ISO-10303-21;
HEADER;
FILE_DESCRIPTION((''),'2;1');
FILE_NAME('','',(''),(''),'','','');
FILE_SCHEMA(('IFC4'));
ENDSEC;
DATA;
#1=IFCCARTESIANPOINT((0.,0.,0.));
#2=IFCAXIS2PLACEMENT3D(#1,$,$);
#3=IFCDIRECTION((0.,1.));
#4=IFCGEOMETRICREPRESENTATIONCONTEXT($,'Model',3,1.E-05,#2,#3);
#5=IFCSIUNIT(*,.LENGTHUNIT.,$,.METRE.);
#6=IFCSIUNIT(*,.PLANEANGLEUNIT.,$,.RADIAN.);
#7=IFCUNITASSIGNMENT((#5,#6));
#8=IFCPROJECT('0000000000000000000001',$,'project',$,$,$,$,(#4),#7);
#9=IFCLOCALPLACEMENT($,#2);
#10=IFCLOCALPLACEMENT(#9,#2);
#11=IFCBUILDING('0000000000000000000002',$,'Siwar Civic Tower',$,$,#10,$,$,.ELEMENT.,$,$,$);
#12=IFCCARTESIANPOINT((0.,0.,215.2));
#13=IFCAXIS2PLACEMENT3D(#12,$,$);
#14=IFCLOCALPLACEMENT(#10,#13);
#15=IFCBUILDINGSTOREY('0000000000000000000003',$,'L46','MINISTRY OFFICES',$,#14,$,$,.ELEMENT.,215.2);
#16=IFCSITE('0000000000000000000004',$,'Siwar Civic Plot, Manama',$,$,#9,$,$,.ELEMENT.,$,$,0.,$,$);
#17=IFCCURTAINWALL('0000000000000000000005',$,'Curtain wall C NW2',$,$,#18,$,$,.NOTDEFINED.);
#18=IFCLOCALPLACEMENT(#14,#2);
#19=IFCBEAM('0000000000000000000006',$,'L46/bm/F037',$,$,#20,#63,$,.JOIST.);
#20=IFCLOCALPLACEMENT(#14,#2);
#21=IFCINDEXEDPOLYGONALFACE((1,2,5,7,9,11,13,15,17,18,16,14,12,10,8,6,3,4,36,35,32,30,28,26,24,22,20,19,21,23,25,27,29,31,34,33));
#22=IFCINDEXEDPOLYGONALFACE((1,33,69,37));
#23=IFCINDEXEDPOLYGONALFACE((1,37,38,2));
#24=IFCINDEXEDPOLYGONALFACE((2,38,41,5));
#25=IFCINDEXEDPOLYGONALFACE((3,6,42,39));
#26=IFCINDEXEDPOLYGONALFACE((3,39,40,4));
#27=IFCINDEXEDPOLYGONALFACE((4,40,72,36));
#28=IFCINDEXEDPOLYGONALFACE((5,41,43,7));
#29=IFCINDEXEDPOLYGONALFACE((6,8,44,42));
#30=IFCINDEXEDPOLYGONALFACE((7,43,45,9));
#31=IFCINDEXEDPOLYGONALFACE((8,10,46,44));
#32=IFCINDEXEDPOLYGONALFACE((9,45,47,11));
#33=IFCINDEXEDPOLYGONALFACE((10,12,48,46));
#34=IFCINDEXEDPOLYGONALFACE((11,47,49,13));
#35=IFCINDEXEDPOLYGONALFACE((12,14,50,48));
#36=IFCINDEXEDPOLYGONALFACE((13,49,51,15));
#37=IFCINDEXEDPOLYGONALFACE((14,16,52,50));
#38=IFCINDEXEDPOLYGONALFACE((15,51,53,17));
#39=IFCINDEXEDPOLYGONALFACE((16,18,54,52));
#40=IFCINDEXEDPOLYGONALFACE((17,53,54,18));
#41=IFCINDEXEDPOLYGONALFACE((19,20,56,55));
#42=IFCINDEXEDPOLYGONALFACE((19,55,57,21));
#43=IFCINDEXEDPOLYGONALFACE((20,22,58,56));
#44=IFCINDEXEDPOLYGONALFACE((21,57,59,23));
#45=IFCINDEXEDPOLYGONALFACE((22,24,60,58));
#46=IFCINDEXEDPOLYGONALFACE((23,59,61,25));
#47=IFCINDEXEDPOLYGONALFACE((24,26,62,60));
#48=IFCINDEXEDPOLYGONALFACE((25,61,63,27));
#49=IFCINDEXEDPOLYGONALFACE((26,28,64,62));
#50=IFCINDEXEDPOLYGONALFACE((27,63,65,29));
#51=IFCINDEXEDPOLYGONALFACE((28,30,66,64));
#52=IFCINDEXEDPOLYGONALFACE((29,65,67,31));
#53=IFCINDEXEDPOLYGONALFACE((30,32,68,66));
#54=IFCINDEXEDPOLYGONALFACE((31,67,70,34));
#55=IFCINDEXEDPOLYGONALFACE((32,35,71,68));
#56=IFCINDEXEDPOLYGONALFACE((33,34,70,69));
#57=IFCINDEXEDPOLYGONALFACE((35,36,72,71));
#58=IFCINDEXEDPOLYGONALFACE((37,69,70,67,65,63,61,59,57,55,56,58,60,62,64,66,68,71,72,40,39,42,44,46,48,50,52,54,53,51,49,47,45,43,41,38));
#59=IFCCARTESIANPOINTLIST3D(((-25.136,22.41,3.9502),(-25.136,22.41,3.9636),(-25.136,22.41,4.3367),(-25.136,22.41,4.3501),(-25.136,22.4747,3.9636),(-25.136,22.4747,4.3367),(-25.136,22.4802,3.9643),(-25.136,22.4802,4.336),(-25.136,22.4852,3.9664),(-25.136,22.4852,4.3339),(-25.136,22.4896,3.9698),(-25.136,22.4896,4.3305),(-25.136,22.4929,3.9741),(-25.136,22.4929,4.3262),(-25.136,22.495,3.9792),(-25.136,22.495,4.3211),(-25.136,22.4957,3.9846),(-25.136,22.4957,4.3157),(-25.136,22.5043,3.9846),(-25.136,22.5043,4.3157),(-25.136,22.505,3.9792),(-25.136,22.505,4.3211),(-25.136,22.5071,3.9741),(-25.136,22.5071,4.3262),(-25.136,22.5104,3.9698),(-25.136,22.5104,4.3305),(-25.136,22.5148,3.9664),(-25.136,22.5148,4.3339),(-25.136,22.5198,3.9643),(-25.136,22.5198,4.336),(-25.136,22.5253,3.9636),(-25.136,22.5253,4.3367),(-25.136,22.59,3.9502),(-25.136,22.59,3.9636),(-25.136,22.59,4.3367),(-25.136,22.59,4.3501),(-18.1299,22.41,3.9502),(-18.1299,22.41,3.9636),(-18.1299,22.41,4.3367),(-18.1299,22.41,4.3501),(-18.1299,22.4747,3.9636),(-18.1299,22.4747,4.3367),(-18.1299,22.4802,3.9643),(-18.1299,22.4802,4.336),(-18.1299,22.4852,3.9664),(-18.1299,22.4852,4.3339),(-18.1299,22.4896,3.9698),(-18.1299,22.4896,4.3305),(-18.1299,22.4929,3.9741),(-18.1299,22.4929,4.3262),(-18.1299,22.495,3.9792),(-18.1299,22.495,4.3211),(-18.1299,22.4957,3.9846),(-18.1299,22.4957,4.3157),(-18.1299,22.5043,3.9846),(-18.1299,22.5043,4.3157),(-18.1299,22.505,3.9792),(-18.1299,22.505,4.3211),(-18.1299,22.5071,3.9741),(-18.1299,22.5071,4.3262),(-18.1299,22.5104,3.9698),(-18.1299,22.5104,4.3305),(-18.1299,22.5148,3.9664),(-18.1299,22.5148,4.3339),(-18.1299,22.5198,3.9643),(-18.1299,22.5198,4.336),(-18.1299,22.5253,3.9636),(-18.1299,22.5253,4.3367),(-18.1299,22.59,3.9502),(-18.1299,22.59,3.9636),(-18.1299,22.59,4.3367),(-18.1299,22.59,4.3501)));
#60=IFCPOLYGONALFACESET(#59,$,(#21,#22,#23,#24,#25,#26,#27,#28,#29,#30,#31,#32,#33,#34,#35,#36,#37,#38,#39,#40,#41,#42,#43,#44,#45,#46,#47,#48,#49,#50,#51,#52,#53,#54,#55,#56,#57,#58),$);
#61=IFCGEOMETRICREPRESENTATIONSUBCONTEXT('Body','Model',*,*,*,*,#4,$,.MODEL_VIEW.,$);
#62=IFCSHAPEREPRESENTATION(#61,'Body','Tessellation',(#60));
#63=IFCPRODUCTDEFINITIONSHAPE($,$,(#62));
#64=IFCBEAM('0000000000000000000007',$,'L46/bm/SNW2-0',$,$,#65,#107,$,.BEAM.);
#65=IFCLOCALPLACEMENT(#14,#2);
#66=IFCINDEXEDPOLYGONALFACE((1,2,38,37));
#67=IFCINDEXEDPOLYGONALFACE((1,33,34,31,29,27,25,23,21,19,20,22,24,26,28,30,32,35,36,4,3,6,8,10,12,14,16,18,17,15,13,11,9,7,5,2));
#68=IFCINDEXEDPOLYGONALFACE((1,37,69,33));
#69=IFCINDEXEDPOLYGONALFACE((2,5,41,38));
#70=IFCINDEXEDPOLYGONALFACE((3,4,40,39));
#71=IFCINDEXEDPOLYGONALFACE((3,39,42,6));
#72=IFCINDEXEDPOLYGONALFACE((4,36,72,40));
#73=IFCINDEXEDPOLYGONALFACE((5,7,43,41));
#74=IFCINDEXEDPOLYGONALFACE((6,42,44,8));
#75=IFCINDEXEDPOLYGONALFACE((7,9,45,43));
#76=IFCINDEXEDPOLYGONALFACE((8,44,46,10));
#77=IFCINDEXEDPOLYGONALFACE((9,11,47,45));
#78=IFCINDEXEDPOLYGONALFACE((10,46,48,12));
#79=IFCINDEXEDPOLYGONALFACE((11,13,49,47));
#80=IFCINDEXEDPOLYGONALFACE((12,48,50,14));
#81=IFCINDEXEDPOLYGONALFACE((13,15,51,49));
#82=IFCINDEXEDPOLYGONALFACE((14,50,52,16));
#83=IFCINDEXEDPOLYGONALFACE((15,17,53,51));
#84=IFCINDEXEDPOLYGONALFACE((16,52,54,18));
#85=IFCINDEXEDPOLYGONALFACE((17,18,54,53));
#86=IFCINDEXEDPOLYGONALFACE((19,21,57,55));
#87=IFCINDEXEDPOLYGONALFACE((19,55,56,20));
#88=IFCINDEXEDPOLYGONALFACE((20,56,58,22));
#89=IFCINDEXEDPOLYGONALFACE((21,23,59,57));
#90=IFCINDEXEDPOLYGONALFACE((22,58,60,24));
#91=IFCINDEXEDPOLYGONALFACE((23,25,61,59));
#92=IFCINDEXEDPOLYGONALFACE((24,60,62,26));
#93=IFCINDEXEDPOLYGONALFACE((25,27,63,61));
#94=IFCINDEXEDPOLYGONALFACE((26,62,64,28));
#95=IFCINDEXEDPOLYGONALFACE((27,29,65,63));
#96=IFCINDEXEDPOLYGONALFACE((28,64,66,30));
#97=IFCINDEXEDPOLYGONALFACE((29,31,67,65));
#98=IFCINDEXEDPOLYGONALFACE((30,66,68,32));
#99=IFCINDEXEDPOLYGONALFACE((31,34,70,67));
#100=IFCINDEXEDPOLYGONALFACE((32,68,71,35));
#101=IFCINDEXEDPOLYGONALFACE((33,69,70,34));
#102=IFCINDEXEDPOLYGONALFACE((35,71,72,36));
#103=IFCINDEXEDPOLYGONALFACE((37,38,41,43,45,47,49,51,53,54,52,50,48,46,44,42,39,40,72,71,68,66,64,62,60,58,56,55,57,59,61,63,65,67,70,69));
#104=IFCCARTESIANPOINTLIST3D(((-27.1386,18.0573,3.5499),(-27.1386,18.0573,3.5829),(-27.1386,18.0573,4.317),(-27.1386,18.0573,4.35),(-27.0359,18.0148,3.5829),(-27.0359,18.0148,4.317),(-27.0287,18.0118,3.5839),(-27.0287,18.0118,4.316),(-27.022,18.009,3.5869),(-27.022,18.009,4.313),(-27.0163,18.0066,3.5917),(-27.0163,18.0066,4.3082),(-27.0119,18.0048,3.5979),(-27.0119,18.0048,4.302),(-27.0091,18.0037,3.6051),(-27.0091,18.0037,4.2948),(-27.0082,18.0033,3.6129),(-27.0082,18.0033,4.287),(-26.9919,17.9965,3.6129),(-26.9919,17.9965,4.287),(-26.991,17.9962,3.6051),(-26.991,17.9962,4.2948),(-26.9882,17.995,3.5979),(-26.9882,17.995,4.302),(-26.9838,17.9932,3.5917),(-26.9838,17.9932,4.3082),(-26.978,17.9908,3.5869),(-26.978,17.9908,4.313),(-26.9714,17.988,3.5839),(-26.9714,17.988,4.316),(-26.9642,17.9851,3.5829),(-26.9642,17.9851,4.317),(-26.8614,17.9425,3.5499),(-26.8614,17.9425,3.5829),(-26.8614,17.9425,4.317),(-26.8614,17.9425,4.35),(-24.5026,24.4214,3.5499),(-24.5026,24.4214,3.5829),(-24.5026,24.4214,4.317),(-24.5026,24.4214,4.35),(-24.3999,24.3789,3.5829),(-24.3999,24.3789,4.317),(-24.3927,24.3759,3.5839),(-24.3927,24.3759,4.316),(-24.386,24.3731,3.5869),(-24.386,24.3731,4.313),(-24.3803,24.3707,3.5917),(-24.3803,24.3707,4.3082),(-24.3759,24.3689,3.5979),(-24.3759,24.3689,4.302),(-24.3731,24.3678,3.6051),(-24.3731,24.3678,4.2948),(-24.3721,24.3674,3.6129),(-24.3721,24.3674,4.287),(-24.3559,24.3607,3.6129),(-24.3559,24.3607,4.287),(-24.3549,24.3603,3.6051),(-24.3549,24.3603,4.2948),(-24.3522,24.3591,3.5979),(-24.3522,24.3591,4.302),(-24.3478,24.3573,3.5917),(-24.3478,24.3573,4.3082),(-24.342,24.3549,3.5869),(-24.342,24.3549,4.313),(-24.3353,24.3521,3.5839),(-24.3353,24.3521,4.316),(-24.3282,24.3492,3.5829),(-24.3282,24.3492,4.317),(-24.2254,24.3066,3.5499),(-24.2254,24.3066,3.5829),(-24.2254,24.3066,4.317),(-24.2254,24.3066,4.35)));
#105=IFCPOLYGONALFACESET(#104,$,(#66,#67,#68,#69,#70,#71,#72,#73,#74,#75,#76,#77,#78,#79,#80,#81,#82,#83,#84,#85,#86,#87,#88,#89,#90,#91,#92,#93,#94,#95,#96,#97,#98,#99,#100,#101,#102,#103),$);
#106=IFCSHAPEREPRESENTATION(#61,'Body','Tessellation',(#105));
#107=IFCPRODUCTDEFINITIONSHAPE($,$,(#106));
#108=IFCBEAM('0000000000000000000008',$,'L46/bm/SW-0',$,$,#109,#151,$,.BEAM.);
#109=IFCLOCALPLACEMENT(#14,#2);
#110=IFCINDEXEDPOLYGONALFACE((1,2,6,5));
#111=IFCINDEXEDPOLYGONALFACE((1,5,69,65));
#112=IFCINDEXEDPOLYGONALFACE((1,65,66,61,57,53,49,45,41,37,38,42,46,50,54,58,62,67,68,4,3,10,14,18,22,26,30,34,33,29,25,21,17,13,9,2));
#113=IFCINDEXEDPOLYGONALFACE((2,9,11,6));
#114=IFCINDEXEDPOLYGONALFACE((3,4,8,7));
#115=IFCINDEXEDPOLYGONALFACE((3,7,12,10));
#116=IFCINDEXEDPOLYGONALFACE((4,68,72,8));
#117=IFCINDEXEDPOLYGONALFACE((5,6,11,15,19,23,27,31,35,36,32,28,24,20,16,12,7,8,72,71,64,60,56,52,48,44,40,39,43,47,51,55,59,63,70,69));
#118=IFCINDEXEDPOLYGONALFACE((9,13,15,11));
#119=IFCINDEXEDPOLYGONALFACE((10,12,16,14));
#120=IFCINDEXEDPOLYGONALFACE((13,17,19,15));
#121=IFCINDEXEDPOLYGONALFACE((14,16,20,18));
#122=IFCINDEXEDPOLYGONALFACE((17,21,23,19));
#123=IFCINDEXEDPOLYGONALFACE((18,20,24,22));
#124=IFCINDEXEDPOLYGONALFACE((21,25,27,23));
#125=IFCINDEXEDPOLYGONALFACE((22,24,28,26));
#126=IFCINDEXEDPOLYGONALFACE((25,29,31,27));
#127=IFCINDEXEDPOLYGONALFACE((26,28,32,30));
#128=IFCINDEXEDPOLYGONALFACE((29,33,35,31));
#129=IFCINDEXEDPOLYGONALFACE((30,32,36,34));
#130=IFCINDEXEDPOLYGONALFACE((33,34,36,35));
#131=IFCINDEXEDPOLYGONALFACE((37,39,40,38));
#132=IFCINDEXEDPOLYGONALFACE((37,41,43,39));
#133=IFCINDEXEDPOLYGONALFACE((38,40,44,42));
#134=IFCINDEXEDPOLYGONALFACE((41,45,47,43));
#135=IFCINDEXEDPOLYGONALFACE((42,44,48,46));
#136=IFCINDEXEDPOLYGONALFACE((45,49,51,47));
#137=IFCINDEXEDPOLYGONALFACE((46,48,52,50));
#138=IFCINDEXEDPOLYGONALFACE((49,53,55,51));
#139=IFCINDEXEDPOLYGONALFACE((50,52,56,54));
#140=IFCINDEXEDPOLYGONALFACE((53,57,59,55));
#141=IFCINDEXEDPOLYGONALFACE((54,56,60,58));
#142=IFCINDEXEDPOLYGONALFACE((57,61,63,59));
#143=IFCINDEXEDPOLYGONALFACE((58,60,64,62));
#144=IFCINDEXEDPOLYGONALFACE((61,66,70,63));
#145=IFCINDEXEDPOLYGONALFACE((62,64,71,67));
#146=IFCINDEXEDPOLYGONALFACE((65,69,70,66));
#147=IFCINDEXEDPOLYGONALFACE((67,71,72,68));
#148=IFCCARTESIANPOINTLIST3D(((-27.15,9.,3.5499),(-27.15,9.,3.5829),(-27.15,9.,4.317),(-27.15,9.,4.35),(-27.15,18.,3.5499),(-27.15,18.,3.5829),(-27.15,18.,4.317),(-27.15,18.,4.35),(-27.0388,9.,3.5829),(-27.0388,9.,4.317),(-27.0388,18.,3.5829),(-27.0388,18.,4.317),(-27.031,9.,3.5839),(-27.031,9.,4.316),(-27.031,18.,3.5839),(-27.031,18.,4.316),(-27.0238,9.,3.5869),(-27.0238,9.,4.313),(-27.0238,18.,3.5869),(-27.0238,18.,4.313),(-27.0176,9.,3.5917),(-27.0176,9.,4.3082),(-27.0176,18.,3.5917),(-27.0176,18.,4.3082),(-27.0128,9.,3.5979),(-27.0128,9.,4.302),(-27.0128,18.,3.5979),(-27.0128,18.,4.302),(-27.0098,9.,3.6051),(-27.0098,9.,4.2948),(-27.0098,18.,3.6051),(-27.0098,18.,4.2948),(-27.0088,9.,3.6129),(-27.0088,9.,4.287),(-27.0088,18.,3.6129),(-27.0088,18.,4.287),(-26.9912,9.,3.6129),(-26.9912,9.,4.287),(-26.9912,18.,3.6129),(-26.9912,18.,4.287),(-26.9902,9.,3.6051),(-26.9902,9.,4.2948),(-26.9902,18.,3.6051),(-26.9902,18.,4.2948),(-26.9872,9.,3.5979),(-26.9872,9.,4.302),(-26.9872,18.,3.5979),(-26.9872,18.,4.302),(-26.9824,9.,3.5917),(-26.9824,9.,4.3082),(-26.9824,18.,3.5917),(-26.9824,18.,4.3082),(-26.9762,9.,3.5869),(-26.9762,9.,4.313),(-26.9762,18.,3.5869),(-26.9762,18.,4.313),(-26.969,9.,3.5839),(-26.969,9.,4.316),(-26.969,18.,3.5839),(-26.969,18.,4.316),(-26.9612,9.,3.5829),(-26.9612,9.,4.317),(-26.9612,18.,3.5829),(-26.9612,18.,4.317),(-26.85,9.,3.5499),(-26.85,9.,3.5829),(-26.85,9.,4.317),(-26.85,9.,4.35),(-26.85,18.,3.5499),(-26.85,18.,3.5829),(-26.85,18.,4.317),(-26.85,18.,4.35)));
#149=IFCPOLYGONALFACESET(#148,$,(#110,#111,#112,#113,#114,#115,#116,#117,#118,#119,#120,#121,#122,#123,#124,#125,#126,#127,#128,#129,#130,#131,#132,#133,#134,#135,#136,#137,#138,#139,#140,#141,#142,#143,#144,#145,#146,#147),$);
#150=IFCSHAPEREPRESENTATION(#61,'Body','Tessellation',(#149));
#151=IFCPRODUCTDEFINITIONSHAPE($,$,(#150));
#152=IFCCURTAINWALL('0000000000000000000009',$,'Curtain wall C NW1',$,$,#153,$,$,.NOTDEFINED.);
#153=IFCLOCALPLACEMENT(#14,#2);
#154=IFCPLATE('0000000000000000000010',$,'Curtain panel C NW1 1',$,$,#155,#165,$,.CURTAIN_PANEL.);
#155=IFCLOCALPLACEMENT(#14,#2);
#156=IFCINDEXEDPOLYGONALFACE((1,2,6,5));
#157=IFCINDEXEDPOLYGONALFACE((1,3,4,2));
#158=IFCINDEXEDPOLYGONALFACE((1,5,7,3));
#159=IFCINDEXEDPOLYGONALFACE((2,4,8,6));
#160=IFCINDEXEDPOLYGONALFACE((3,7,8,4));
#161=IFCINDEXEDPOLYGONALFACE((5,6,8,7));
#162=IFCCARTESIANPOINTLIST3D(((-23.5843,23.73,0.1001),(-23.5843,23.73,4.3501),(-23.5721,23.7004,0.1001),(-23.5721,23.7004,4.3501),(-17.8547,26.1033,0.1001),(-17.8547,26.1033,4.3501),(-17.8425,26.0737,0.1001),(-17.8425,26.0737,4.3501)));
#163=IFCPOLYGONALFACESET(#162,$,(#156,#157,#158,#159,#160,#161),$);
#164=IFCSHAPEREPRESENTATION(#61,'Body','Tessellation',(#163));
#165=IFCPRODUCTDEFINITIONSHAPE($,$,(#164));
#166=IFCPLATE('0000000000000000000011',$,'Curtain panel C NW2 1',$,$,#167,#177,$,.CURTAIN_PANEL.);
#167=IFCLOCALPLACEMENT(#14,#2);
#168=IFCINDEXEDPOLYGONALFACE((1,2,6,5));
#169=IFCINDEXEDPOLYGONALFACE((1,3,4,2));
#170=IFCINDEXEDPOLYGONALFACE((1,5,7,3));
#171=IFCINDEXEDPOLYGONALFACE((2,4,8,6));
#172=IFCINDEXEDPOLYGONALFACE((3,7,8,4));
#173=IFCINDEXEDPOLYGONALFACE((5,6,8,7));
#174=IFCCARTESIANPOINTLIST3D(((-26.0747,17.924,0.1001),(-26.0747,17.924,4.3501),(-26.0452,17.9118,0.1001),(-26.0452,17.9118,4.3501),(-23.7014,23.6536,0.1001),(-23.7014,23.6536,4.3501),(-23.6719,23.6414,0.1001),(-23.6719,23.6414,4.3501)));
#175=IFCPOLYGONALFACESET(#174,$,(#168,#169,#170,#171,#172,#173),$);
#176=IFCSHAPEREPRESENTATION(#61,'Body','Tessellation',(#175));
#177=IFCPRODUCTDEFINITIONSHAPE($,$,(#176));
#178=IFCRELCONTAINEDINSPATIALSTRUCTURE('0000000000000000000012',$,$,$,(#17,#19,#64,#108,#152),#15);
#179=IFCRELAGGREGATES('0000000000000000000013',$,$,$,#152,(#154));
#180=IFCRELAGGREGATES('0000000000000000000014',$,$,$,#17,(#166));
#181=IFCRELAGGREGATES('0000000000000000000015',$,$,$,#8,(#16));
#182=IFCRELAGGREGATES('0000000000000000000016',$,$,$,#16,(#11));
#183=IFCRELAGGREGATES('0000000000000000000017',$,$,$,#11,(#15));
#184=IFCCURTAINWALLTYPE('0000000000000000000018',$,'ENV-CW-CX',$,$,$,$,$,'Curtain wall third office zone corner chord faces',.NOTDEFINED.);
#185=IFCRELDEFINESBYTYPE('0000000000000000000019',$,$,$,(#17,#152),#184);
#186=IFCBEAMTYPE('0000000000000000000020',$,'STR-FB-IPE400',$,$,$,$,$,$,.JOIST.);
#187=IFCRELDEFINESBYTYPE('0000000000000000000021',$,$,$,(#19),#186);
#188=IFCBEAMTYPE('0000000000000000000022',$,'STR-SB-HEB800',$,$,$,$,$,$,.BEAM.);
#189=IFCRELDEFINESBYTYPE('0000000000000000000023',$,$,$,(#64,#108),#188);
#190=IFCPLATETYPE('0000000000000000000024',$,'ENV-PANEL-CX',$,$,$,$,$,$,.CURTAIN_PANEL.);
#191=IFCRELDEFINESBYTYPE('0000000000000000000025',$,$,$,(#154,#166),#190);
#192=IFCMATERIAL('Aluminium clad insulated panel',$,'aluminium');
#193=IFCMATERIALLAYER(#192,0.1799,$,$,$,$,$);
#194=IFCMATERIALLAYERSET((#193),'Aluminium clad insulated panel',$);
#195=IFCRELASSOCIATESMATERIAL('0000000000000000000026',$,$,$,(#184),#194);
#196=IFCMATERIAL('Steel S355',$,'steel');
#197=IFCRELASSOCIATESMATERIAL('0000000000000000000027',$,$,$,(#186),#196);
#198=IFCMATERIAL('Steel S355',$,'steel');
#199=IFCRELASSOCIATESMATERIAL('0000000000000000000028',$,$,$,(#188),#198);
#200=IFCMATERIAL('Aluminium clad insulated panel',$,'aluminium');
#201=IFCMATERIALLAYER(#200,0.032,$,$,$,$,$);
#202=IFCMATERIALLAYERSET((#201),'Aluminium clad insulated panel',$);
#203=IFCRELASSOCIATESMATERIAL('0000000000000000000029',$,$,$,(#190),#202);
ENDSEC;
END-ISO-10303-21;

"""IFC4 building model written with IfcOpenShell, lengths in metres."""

from ifc_helpers import new_model, si_unit, direction, frame, origin, origin_2d, place, context, subcontext, project, spatial, rectangle, i_section, extrude, material, layer, layer_set, material_profile, profile_set, type_object, element, aggregate, save


model = new_model("IFC4")

# Units and contexts
model_context = context("Model", 3, precision=1e-05, world=origin(), true_north=direction((0.0, 1.0)))
body_context = subcontext(model_context, "Body", "Model", "MODEL_VIEW")
ifc_project = project(units=[si_unit("LENGTHUNIT", "METRE"), si_unit("PLANEANGLEUNIT", "RADIAN")], contexts=[model_context])

# Site, building, storey
site_placement = place(None, origin())
site = spatial("IfcSite", under=ifc_project, at=site_placement, Name="Siwar Civic Plot, Manama", CompositionType="ELEMENT", RefElevation=0.0)
building_placement = place(site_placement, origin())
building = spatial("IfcBuilding", under=site, at=building_placement, Name="Siwar Civic Tower", CompositionType="ELEMENT")
storey_placement = place(building_placement, frame((0.0, 0.0, 215.2)))
storey = spatial("IfcBuildingStorey", under=building, at=storey_placement, Name="L46", Description="MINISTRY OFFICES", CompositionType="ELEMENT", Elevation=215.2)

# Curtain wall
ifc_material_1 = material(Name="Aluminium clad insulated panel", Category="aluminium")
ifc_layer_1 = layer(ifc_material_1, 0.1799)
ifc_layer_set_1 = layer_set([ifc_layer_1], Name="Aluminium clad insulated panel")
curtain_wall_type_1 = type_object("IfcCurtainWallType", Name="ENV-CW-CX", ElementType="Curtain wall third office zone corner chord faces", PredefinedType="NOTDEFINED", material=ifc_layer_set_1)
curtain_wall_1_placement = place(storey_placement, origin())
curtain_wall_1 = element("IfcCurtainWall", 1, at=curtain_wall_1_placement, inside=storey, type_object=curtain_wall_type_1, Name="Curtain wall C NW2", PredefinedType="NOTDEFINED")

# Beams
ifc_material_2 = material(Name="Steel S355", Category="steel")
ifc_material_profile_1 = material_profile(ifc_material_2, i_section(OverallWidth=0.1799, OverallDepth=0.3999, WebThickness=0.0085, FlangeThickness=0.0134, FilletRadius=0.021, at=origin_2d()), Name="IPE400")
ifc_profile_set_1 = profile_set([ifc_material_profile_1], Name="Steel S355")
beam_type_1 = type_object("IfcBeamType", Name="STR-FB-IPE400", PredefinedType="JOIST", material=ifc_profile_set_1)
beam_1_placement = place(storey_placement, frame((-25.136, 22.5, 4.1501), z_axis=(1.0, 0.0, 0.0), x_axis=(0.0, 1.0, 0.0)))
element("IfcBeam", 2, at=beam_1_placement, inside=storey, type_object=beam_type_1, Name="L46/bm/F037", PredefinedType="JOIST", context=body_context, shape_type="SweptSolid", body=[
    extrude(i_section(OverallWidth=0.1799, OverallDepth=0.3999, WebThickness=0.0085, FlangeThickness=0.0134, FilletRadius=0.021, at=origin_2d()), origin(), (0.0, 0.0, 1.0), 7.0061),
])
ifc_material_3 = material(Name="Steel S355", Category="steel")
ifc_material_profile_2 = material_profile(ifc_material_3, i_section(OverallWidth=0.3, OverallDepth=0.8, WebThickness=0.0176, FlangeThickness=0.033, FilletRadius=0.03, at=origin_2d()), Name="HEB800")
ifc_profile_set_2 = profile_set([ifc_material_profile_2], Name="Steel S355")
beam_type_2 = type_object("IfcBeamType", Name="STR-SB-HEB800", PredefinedType="BEAM", material=ifc_profile_set_2)
beam_2_placement = place(storey_placement, frame((-24.364, 24.364, 3.95), z_axis=(-0.382674, -0.923883, 0.0), x_axis=(0.923883, -0.382674, 0.0)))
element("IfcBeam", 3, at=beam_2_placement, inside=storey, type_object=beam_type_2, Name="L46/bm/SNW2-0", PredefinedType="BEAM", context=body_context, shape_type="SweptSolid", body=[
    extrude(i_section(OverallWidth=0.3, OverallDepth=0.8, WebThickness=0.0176, FlangeThickness=0.033, FilletRadius=0.03, at=origin_2d()), origin(), (0.0, 0.0, 1.0), 6.8884),
])
beam_3_placement = place(storey_placement, frame((-27.0, 18.0, 3.95), z_axis=(0.0, -1.0, 0.0), x_axis=(1.0, 0.0, 0.0)))
element("IfcBeam", 4, at=beam_3_placement, inside=storey, type_object=beam_type_2, Name="L46/bm/SW-0", PredefinedType="BEAM", context=body_context, shape_type="SweptSolid", body=[
    extrude(i_section(OverallWidth=0.3, OverallDepth=0.8, WebThickness=0.0176, FlangeThickness=0.033, FilletRadius=0.03, at=origin_2d()), origin(), (0.0, 0.0, 1.0), 9.0),
])

# Curtain wall, plate
curtain_wall_2_placement = place(storey_placement, origin())
curtain_wall_2 = element("IfcCurtainWall", 5, at=curtain_wall_2_placement, inside=storey, type_object=curtain_wall_type_1, Name="Curtain wall C NW1", PredefinedType="NOTDEFINED")
ifc_material_4 = material(Name="Aluminium clad insulated panel", Category="aluminium")
ifc_layer_2 = layer(ifc_material_4, 0.032)
ifc_layer_set_2 = layer_set([ifc_layer_2], Name="Aluminium clad insulated panel")
plate_type = type_object("IfcPlateType", Name="ENV-PANEL-CX", PredefinedType="CURTAIN_PANEL", material=ifc_layer_set_2)
plate_1_placement = place(storey_placement, frame((-20.7134, 24.9019, 0.1001), z_axis=(0.0, 0.0, 1.0), x_axis=(-0.92388, -0.382683, 0.0)))
plate_1 = element("IfcPlate", 6, at=plate_1_placement, type_object=plate_type, Name="Curtain panel C NW1 1", PredefinedType="CURTAIN_PANEL", context=body_context, shape_type="SweptSolid", body=[
    extrude(rectangle(XDim=6.2017, YDim=0.032, at=origin_2d()), origin(), (0.0, 0.0, 1.0), 4.25),
])
aggregate(curtain_wall_2, [plate_1])

# Plate
plate_2_placement = place(storey_placement, frame((-24.8733, 20.7827, 0.1001), z_axis=(0.0, 0.0, 1.0), x_axis=(-0.382683, -0.92388, 0.0)))
plate_2 = element("IfcPlate", 7, at=plate_2_placement, type_object=plate_type, Name="Curtain panel C NW2 1", PredefinedType="CURTAIN_PANEL", context=body_context, shape_type="SweptSolid", body=[
    extrude(rectangle(XDim=6.2017, YDim=0.032, at=origin_2d()), origin(), (0.0, 0.0, 1.0), 4.25),
])
aggregate(curtain_wall_1, [plate_2])

save(model, "model.ifc")
